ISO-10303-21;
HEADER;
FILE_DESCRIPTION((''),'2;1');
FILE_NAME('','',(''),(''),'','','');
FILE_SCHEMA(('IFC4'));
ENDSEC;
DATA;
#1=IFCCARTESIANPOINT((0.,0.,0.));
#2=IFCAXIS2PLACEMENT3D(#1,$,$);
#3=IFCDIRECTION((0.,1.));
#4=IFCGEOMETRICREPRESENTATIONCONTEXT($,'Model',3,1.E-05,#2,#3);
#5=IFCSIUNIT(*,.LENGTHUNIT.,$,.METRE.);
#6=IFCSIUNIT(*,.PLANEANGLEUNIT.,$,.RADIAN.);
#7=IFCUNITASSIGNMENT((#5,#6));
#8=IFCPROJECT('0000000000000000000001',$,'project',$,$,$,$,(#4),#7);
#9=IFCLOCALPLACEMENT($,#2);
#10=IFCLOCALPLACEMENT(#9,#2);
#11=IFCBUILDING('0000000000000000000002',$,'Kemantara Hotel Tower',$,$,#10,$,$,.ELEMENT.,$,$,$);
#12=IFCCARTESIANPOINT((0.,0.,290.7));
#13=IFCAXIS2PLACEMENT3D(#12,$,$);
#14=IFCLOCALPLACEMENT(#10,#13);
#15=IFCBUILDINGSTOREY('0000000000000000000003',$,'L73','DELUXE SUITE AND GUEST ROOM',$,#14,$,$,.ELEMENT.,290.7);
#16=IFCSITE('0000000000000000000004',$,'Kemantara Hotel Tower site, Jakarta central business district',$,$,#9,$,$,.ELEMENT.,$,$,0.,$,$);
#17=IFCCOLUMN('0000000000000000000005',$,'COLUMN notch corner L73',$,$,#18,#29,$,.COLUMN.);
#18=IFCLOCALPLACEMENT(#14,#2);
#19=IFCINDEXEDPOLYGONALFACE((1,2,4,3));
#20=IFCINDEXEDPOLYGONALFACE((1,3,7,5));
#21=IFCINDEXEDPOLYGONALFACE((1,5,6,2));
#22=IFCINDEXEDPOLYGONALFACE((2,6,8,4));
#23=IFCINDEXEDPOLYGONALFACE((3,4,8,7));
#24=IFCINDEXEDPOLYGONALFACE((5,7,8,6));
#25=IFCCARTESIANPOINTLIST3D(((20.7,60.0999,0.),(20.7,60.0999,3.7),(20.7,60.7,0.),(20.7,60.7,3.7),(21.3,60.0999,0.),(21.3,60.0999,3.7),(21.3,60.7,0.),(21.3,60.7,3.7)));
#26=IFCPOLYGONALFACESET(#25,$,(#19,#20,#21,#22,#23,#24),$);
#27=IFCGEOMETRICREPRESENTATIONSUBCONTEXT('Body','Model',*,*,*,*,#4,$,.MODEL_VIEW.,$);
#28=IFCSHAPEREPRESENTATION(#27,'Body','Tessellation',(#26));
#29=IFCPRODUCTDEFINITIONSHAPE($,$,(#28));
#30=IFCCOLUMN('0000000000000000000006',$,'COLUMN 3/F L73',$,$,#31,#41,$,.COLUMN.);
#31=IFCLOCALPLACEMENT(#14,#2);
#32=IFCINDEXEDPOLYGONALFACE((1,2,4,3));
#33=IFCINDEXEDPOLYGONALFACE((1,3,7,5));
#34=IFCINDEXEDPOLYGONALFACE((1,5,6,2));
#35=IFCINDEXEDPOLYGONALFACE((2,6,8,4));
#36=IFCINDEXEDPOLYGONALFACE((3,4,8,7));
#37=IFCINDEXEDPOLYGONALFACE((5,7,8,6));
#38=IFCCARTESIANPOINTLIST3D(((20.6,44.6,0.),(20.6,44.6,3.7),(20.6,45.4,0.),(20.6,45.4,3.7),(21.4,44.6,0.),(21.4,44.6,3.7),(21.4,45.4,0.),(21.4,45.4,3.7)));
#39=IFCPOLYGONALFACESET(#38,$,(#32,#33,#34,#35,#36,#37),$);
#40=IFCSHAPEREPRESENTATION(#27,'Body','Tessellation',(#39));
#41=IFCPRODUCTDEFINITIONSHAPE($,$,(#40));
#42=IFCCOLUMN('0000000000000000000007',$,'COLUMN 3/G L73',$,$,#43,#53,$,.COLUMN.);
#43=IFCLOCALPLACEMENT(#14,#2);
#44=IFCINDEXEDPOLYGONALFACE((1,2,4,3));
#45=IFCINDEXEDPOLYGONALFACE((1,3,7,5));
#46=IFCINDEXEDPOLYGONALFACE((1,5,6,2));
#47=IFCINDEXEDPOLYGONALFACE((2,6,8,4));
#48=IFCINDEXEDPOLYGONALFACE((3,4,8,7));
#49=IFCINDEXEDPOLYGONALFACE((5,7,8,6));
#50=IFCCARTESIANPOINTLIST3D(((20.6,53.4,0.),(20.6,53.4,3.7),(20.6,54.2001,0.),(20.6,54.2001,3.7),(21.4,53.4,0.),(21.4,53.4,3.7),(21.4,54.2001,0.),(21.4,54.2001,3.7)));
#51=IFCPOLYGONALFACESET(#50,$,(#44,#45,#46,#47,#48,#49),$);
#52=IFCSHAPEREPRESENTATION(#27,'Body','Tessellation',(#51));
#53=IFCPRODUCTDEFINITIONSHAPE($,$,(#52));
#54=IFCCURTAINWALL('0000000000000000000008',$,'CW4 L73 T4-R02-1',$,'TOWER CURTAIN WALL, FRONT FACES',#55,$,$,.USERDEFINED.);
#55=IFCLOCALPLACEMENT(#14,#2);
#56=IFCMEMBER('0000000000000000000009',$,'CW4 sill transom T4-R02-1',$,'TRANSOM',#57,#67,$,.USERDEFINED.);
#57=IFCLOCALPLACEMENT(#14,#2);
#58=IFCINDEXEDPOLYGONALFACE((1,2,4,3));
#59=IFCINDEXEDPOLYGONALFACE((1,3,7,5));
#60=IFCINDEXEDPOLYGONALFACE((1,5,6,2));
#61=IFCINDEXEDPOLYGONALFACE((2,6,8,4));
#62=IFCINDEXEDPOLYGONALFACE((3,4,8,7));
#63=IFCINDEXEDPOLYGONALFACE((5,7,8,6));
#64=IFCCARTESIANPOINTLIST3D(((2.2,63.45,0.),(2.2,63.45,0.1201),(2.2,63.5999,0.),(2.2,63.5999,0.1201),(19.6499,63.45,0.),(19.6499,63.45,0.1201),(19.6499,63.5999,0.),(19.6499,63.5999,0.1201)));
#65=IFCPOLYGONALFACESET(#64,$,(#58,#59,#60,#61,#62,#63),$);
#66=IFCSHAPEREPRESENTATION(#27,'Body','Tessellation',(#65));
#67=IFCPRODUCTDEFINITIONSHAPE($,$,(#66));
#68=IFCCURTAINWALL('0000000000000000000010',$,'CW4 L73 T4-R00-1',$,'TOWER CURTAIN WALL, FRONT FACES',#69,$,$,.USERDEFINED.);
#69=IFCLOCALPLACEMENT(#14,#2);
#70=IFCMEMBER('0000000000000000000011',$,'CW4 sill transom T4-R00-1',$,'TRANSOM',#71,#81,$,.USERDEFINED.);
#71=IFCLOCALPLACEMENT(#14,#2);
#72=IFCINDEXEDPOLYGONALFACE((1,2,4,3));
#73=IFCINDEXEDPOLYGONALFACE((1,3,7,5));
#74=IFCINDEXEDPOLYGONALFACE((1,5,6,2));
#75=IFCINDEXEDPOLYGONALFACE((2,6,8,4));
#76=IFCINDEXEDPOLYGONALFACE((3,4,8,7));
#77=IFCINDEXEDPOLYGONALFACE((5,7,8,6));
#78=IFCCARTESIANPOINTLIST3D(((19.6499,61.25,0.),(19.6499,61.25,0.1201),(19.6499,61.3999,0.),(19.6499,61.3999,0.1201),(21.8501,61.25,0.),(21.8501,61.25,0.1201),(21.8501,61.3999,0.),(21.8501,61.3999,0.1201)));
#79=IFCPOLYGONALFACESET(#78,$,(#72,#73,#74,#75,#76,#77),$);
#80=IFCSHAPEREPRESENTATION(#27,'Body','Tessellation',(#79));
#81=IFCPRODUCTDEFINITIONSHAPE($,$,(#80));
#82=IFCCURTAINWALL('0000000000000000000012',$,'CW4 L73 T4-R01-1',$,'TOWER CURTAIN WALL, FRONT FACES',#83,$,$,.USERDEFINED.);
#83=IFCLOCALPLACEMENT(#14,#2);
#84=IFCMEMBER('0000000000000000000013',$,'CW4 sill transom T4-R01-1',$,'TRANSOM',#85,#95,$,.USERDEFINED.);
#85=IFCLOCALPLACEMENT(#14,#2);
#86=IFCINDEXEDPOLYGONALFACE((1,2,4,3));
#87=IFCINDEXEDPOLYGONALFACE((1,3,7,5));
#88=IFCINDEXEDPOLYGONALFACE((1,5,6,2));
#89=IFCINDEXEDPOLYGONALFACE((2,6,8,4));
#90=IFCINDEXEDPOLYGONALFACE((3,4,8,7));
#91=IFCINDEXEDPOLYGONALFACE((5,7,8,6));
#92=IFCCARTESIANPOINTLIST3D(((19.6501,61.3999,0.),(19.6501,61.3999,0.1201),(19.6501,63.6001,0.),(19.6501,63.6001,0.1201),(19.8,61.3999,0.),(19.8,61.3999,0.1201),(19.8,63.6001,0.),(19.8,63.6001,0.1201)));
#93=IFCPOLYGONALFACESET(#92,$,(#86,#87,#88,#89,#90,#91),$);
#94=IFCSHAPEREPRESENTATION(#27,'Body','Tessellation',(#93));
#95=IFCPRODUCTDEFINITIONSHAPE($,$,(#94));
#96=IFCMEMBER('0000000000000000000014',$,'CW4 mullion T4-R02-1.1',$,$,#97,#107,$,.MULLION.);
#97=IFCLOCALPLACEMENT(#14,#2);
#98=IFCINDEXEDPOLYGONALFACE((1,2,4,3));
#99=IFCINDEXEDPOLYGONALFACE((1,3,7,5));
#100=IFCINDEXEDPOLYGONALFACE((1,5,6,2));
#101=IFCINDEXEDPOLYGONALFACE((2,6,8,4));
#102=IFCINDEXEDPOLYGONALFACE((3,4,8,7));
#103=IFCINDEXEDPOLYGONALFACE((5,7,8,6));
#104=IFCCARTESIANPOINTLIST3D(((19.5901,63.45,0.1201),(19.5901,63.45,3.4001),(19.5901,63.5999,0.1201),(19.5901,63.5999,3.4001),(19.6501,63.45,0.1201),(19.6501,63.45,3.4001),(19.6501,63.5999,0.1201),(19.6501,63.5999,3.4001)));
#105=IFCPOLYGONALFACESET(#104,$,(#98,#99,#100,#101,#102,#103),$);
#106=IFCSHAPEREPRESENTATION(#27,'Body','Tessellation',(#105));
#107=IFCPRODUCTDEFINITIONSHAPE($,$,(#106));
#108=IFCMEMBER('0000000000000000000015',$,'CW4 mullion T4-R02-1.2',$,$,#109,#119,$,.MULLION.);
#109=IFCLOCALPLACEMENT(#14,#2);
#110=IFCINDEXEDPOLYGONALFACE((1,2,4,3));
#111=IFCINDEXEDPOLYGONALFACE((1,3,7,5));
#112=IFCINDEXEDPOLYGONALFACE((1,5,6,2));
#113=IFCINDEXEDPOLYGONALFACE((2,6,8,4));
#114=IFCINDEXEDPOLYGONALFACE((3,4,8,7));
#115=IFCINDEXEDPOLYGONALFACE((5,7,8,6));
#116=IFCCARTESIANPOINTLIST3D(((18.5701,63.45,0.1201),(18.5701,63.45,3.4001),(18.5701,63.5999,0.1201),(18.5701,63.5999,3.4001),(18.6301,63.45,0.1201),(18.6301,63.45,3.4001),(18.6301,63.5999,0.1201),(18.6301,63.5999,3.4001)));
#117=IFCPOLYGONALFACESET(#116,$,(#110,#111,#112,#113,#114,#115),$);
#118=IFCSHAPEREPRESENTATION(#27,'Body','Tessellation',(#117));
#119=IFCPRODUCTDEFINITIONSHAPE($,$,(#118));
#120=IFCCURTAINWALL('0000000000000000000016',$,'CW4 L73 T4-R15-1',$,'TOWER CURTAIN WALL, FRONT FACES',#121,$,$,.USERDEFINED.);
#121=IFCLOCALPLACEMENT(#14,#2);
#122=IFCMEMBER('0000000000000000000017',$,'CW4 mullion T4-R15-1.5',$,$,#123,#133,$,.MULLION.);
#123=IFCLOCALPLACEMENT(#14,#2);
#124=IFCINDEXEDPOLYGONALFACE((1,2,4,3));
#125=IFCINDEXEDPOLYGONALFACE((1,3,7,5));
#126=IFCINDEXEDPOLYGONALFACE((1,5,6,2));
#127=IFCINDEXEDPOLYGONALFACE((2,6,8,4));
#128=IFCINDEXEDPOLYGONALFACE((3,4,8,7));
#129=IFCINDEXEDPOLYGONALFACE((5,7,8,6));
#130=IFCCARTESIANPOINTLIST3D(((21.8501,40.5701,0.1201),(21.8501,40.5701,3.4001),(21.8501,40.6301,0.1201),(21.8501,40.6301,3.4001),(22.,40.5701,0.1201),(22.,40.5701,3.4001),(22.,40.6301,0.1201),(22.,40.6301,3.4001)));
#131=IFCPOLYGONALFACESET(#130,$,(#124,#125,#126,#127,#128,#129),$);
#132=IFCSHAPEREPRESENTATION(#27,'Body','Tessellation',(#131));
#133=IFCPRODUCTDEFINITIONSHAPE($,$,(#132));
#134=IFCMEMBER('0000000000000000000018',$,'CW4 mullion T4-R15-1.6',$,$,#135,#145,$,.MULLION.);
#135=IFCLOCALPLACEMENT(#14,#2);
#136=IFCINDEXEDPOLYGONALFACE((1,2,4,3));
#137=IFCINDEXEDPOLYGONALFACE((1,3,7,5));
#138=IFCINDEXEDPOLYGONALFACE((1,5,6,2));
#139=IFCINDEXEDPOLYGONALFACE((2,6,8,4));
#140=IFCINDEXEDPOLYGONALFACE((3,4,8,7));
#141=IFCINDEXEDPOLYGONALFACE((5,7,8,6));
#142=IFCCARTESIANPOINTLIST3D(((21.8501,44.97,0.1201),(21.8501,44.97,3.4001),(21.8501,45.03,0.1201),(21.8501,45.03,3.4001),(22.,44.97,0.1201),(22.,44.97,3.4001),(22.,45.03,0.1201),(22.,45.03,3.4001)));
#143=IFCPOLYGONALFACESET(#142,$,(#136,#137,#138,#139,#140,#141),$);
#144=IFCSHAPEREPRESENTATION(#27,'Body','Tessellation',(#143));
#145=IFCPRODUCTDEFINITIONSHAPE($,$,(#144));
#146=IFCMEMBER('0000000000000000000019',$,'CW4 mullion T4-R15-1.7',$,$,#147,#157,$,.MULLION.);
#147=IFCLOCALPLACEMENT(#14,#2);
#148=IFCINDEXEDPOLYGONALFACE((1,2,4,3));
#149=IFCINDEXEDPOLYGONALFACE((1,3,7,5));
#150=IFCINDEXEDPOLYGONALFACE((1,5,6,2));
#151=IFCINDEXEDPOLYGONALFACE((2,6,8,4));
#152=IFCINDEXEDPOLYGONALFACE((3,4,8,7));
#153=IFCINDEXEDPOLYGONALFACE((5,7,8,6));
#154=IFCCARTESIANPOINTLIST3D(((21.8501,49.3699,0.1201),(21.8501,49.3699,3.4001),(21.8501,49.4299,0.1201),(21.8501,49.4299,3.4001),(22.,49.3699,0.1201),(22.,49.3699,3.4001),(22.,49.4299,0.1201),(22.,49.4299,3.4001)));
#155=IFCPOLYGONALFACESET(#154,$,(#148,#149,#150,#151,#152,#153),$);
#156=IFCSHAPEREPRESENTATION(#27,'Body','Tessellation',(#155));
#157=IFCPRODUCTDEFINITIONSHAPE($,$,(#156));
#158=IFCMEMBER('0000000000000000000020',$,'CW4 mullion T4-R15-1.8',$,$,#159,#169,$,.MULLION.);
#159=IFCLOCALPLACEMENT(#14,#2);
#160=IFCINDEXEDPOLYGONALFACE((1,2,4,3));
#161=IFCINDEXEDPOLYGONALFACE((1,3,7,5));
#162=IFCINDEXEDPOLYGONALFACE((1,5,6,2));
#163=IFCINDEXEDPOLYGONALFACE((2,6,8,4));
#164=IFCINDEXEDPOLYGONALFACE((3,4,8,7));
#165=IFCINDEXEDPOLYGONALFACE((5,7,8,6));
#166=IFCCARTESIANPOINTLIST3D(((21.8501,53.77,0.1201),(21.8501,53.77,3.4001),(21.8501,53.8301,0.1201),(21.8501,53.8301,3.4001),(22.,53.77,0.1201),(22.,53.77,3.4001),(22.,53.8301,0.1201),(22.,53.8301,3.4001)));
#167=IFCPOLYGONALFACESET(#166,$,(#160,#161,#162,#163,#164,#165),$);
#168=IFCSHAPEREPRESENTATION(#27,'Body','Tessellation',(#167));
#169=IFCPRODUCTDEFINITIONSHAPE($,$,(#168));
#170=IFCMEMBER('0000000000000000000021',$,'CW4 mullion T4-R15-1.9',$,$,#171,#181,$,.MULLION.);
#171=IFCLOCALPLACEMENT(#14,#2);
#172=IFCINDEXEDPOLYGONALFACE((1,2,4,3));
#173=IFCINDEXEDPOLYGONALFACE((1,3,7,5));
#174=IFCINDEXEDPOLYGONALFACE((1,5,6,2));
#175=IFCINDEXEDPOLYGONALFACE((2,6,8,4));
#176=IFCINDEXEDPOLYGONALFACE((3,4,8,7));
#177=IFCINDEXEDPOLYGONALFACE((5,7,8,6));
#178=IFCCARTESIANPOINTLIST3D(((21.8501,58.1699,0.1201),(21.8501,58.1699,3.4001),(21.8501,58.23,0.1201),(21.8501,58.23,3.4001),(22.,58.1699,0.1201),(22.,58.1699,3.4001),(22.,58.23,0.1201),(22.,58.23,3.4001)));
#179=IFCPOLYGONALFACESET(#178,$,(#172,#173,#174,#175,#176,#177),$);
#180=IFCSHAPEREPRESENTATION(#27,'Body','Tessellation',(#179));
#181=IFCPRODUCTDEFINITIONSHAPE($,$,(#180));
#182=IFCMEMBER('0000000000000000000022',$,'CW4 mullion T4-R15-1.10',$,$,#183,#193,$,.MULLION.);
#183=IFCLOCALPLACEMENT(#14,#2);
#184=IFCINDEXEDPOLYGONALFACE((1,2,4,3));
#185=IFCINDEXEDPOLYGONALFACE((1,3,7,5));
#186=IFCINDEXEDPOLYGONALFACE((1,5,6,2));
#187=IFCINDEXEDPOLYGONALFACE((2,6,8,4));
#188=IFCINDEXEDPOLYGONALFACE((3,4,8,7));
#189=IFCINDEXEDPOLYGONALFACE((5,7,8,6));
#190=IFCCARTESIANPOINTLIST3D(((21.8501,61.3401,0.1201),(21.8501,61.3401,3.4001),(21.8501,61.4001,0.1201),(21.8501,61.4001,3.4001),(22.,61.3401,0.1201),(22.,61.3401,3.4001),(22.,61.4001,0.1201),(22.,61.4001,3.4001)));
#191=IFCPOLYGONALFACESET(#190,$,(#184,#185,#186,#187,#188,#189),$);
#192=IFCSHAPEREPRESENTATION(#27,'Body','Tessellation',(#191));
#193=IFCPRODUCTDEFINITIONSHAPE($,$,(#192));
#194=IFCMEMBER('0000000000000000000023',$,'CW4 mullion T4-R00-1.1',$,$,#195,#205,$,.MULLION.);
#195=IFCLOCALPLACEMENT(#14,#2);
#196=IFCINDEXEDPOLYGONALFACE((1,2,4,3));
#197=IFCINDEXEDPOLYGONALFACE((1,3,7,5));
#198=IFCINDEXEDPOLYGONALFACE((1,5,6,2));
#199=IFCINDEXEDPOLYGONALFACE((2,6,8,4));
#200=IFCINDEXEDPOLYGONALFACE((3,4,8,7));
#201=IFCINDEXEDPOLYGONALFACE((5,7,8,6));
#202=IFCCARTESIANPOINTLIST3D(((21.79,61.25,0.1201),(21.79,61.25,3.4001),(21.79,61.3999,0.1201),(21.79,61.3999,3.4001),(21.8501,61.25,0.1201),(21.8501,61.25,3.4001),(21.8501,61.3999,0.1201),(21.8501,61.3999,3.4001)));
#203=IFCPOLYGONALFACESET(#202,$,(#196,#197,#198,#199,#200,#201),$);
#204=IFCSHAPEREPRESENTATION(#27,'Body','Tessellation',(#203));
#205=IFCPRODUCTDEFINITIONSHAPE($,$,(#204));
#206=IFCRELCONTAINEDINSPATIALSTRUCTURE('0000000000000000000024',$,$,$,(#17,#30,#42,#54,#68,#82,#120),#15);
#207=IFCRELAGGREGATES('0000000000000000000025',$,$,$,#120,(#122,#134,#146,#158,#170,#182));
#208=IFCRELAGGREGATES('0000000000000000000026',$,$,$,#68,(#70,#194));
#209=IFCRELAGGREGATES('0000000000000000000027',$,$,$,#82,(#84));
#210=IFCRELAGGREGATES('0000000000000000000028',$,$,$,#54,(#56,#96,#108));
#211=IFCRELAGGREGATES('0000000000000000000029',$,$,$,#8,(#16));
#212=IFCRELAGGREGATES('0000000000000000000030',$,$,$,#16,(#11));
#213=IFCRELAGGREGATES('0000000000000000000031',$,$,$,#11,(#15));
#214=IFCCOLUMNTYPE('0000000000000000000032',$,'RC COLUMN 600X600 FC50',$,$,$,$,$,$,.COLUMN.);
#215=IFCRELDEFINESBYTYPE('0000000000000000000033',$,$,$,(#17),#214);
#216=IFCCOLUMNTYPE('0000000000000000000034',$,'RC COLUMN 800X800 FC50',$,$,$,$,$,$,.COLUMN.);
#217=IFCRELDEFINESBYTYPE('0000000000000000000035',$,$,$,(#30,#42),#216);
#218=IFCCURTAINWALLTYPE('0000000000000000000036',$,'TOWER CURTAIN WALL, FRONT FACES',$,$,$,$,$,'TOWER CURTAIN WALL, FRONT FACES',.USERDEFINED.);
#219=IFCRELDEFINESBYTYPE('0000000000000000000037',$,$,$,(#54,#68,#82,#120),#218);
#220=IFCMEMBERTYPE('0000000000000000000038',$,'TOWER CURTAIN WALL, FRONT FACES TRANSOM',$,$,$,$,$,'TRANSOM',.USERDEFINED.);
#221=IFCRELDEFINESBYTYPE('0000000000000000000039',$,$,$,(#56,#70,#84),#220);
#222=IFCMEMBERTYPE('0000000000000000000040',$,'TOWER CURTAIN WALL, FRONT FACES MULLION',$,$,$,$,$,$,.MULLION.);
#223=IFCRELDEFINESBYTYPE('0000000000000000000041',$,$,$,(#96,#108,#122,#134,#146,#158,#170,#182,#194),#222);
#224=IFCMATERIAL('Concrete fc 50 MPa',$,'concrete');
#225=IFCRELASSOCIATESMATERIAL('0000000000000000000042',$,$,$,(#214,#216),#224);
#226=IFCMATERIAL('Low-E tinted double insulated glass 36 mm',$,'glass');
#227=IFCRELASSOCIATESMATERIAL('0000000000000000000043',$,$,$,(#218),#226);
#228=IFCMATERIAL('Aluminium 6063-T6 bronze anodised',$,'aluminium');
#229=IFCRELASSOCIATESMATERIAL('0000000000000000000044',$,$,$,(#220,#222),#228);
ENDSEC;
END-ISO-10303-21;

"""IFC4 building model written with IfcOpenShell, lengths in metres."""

from ifc_helpers import new_model, si_unit, direction, frame, origin, origin_2d, place, context, subcontext, project, spatial, rectangle, extrude, source, transform, mapped, material, material_profile, profile_set, type_object, element, aggregate, save


model = new_model("IFC4")

# Units and contexts
model_context = context("Model", 3, precision=1e-05, world=origin(), true_north=direction((0.0, 1.0)))
body_context = subcontext(model_context, "Body", "Model", "MODEL_VIEW")
ifc_project = project(units=[si_unit("LENGTHUNIT", "METRE"), si_unit("PLANEANGLEUNIT", "RADIAN")], contexts=[model_context])

# Site, building, storey
site_placement = place(None, origin())
site = spatial("IfcSite", under=ifc_project, at=site_placement, Name="Kemantara Hotel Tower site, Jakarta central business district", CompositionType="ELEMENT", RefElevation=0.0)
building_placement = place(site_placement, origin())
building = spatial("IfcBuilding", under=site, at=building_placement, Name="Kemantara Hotel Tower", CompositionType="ELEMENT")
storey_placement = place(building_placement, frame((0.0, 0.0, 290.7)))
storey = spatial("IfcBuildingStorey", under=building, at=storey_placement, Name="L73", Description="DELUXE SUITE AND GUEST ROOM", CompositionType="ELEMENT", Elevation=290.7)

# Columns
ifc_material_1 = material(Name="Concrete fc 50 MPa", Category="concrete")
ifc_material_profile_1 = material_profile(ifc_material_1, rectangle(XDim=0.6001, YDim=0.6001, at=origin_2d()), Name="RC 600X600")
ifc_profile_set_1 = profile_set([ifc_material_profile_1], Name="Concrete fc 50 MPa")
column_type_1 = type_object("IfcColumnType", Name="RC COLUMN 600X600 FC50", PredefinedType="COLUMN", material=ifc_profile_set_1)
column_placement = place(storey_placement, frame((21.0, 60.3999, 0.0), z_axis=(0.0, 0.0, 1.0), x_axis=(1.0, 0.0, 0.0)))
element("IfcColumn", 1, at=column_placement, inside=storey, type_object=column_type_1, Name="COLUMN notch corner L73", PredefinedType="COLUMN", context=body_context, shape_type="SweptSolid", body=[
    extrude(rectangle(XDim=0.6001, YDim=0.6001, at=origin_2d()), origin(), (0.0, 0.0, 1.0), 3.7),
])
ifc_material_profile_2 = material_profile(ifc_material_1, rectangle(XDim=0.8, YDim=0.8, at=origin_2d()), Name="RC 800X800")
ifc_profile_set_2 = profile_set([ifc_material_profile_2], Name="Concrete fc 50 MPa")
column_type_2 = type_object("IfcColumnType", Name="RC COLUMN 800X800 FC50", PredefinedType="COLUMN", material=ifc_profile_set_2)
for number, where, z_axis, x_axis, name in (
    (2, (21.0, 45.0, 0.0), (0.0, 0.0, 1.0), (1.0, 0.0, 0.0), "COLUMN 3/F L73"),
    (3, (21.0, 53.8, 0.0), (0.0, 0.0, 1.0), (1.0, 0.0, 0.0), "COLUMN 3/G L73"),
):
    element("IfcColumn", number, at=place(storey_placement, frame(where, z_axis=z_axis, x_axis=x_axis)), inside=storey, type_object=column_type_2, Name=name, PredefinedType="COLUMN", context=body_context, shape_type="SweptSolid", body=[
        extrude(rectangle(XDim=0.8, YDim=0.8, at=origin_2d()), origin(), (0.0, 0.0, 1.0), 3.7),
    ])

# Curtain walls, members
ifc_material_2 = material(Name="Low-E tinted double insulated glass 36 mm", Category="glass")
curtain_wall_type = type_object("IfcCurtainWallType", Name="TOWER CURTAIN WALL, FRONT FACES", ElementType="TOWER CURTAIN WALL, FRONT FACES", PredefinedType="USERDEFINED", material=ifc_material_2)
curtain_wall_1_placement = place(storey_placement, origin())
curtain_wall_1 = element("IfcCurtainWall", 4, at=curtain_wall_1_placement, inside=storey, type_object=curtain_wall_type, Name="CW4 L73 T4-R02-1", ObjectType="TOWER CURTAIN WALL, FRONT FACES", PredefinedType="USERDEFINED")
ifc_material_3 = material(Name="Aluminium 6063-T6 bronze anodised", Category="aluminium")
ifc_material_profile_3 = material_profile(ifc_material_3, rectangle(XDim=0.1499, YDim=0.1201, at=origin_2d()), Name="TOWER CURTAIN WALL, FRONT FACES TRANSOM")
ifc_profile_set_3 = profile_set([ifc_material_profile_3], Name="Aluminium 6063-T6 bronze anodised")
member_type_1 = type_object("IfcMemberType", Name="TOWER CURTAIN WALL, FRONT FACES TRANSOM", ElementType="TRANSOM", PredefinedType="USERDEFINED", material=ifc_profile_set_3)
member_1_placement = place(storey_placement, frame((19.6499, 63.5249, 0.0601), z_axis=(-1.0, 0.0, 0.0), x_axis=(0.0, -1.0, 0.0)))
member_1 = element("IfcMember", 5, at=member_1_placement, type_object=member_type_1, Name="CW4 sill transom T4-R02-1", ObjectType="TRANSOM", PredefinedType="USERDEFINED", context=body_context, shape_type="SweptSolid", body=[
    extrude(rectangle(XDim=0.1499, YDim=0.1201, at=origin_2d()), origin(), (0.0, 0.0, 1.0), 17.45),
])
curtain_wall_2_placement = place(storey_placement, origin())
curtain_wall_2 = element("IfcCurtainWall", 6, at=curtain_wall_2_placement, inside=storey, type_object=curtain_wall_type, Name="CW4 L73 T4-R00-1", ObjectType="TOWER CURTAIN WALL, FRONT FACES", PredefinedType="USERDEFINED")
member_2_placement = place(storey_placement, frame((21.8501, 61.325, 0.0601), z_axis=(-1.0, 0.0, 0.0), x_axis=(0.0, -1.0, 0.0)))
member_2 = element("IfcMember", 7, at=member_2_placement, type_object=member_type_1, Name="CW4 sill transom T4-R00-1", ObjectType="TRANSOM", PredefinedType="USERDEFINED", context=body_context, shape_type="SweptSolid", body=[
    extrude(rectangle(XDim=0.1499, YDim=0.1201, at=origin_2d()), origin(), (0.0, 0.0, 1.0), 2.2002),
])
curtain_wall_3_placement = place(storey_placement, origin())
curtain_wall_3 = element("IfcCurtainWall", 8, at=curtain_wall_3_placement, inside=storey, type_object=curtain_wall_type, Name="CW4 L73 T4-R01-1", ObjectType="TOWER CURTAIN WALL, FRONT FACES", PredefinedType="USERDEFINED")
member_3_placement = place(storey_placement, frame((19.7251, 61.3999, 0.0601), z_axis=(0.0, 1.0, 0.0), x_axis=(-1.0, 0.0, 0.0)))
member_3 = element("IfcMember", 9, at=member_3_placement, type_object=member_type_1, Name="CW4 sill transom T4-R01-1", ObjectType="TRANSOM", PredefinedType="USERDEFINED", context=body_context, shape_type="SweptSolid", body=[
    extrude(rectangle(XDim=0.1499, YDim=0.1201, at=origin_2d()), origin(), (0.0, 0.0, 1.0), 2.2002),
])

# Members
ifc_material_profile_4 = material_profile(ifc_material_3, rectangle(XDim=0.1499, YDim=0.0601, at=origin_2d()), Name="TOWER CURTAIN WALL, FRONT FACES MULLION")
ifc_profile_set_4 = profile_set([ifc_material_profile_4], Name="Aluminium 6063-T6 bronze anodised")
member_type_2 = type_object("IfcMemberType", Name="TOWER CURTAIN WALL, FRONT FACES MULLION", PredefinedType="MULLION", material=ifc_profile_set_4)
shared_shape_1 = source(origin(), body_context, "Body", "SweptSolid", [
    extrude(rectangle(XDim=0.1499, YDim=0.0601, at=origin_2d()), origin(), (0.0, 0.0, 1.0), 3.28),
])
member_4_placement = place(storey_placement, frame((19.6201, 63.5249, 0.1201), z_axis=(0.0, 0.0, 1.0), x_axis=(0.0, -1.0, 0.0)))
member_4 = element("IfcMember", 10, at=member_4_placement, type_object=member_type_2, Name="CW4 mullion T4-R02-1.1", PredefinedType="MULLION", context=body_context, shape_type="MappedRepresentation", body=[
    mapped(shared_shape_1, transform((0.0, 0.0, 0.0))),
])
member_5_placement = place(storey_placement, frame((18.6001, 63.5249, 0.1201), z_axis=(0.0, 0.0, 1.0), x_axis=(0.0, -1.0, 0.0)))
member_5 = element("IfcMember", 11, at=member_5_placement, type_object=member_type_2, Name="CW4 mullion T4-R02-1.2", PredefinedType="MULLION", context=body_context, shape_type="MappedRepresentation", body=[
    mapped(shared_shape_1, transform((0.0, 0.0, 0.0))),
])

# Curtain wall, members
curtain_wall_4_placement = place(storey_placement, origin())
curtain_wall_4 = element("IfcCurtainWall", 12, at=curtain_wall_4_placement, inside=storey, type_object=curtain_wall_type, Name="CW4 L73 T4-R15-1", ObjectType="TOWER CURTAIN WALL, FRONT FACES", PredefinedType="USERDEFINED")
member_6_placement = place(storey_placement, frame((21.925, 40.6001, 0.1201), z_axis=(0.0, 0.0, 1.0), x_axis=(-1.0, 0.0, 0.0)))
member_6 = element("IfcMember", 13, at=member_6_placement, type_object=member_type_2, Name="CW4 mullion T4-R15-1.5", PredefinedType="MULLION", context=body_context, shape_type="MappedRepresentation", body=[
    mapped(shared_shape_1, transform((0.0, 0.0, 0.0))),
])
member_7_placement = place(storey_placement, frame((21.925, 45.0, 0.1201), z_axis=(0.0, 0.0, 1.0), x_axis=(-1.0, 0.0, 0.0)))
member_7 = element("IfcMember", 14, at=member_7_placement, type_object=member_type_2, Name="CW4 mullion T4-R15-1.6", PredefinedType="MULLION", context=body_context, shape_type="MappedRepresentation", body=[
    mapped(shared_shape_1, transform((0.0, 0.0, 0.0))),
])
member_8_placement = place(storey_placement, frame((21.925, 49.3999, 0.1201), z_axis=(0.0, 0.0, 1.0), x_axis=(-1.0, 0.0, 0.0)))
member_8 = element("IfcMember", 15, at=member_8_placement, type_object=member_type_2, Name="CW4 mullion T4-R15-1.7", PredefinedType="MULLION", context=body_context, shape_type="MappedRepresentation", body=[
    mapped(shared_shape_1, transform((0.0, 0.0, 0.0))),
])
member_9_placement = place(storey_placement, frame((21.925, 53.8, 0.1201), z_axis=(0.0, 0.0, 1.0), x_axis=(-1.0, 0.0, 0.0)))
member_9 = element("IfcMember", 16, at=member_9_placement, type_object=member_type_2, Name="CW4 mullion T4-R15-1.8", PredefinedType="MULLION", context=body_context, shape_type="MappedRepresentation", body=[
    mapped(shared_shape_1, transform((0.0, 0.0, 0.0))),
])
member_10_placement = place(storey_placement, frame((21.925, 58.2, 0.1201), z_axis=(0.0, 0.0, 1.0), x_axis=(-1.0, 0.0, 0.0)))
member_10 = element("IfcMember", 17, at=member_10_placement, type_object=member_type_2, Name="CW4 mullion T4-R15-1.9", PredefinedType="MULLION", context=body_context, shape_type="MappedRepresentation", body=[
    mapped(shared_shape_1, transform((0.0, 0.0, 0.0))),
])
member_11_placement = place(storey_placement, frame((21.925, 61.3701, 0.1201), z_axis=(0.0, 0.0, 1.0), x_axis=(-1.0, 0.0, 0.0)))
member_11 = element("IfcMember", 18, at=member_11_placement, type_object=member_type_2, Name="CW4 mullion T4-R15-1.10", PredefinedType="MULLION", context=body_context, shape_type="MappedRepresentation", body=[
    mapped(shared_shape_1, transform((0.0, 0.0, 0.0))),
])

# Member
member_12_placement = place(storey_placement, frame((21.8201, 61.325, 0.1201), z_axis=(0.0, 0.0, 1.0), x_axis=(0.0, -1.0, 0.0)))
member_12 = element("IfcMember", 19, at=member_12_placement, type_object=member_type_2, Name="CW4 mullion T4-R00-1.1", PredefinedType="MULLION", context=body_context, shape_type="MappedRepresentation", body=[
    mapped(shared_shape_1, transform((0.0, 0.0, 0.0))),
])

aggregate(curtain_wall_4, [member_6, member_7, member_8, member_9, member_10, member_11])
aggregate(curtain_wall_2, [member_2, member_12])
aggregate(curtain_wall_3, [member_3])
aggregate(curtain_wall_1, [member_1, member_4, member_5])

save(model, "model.ifc")
